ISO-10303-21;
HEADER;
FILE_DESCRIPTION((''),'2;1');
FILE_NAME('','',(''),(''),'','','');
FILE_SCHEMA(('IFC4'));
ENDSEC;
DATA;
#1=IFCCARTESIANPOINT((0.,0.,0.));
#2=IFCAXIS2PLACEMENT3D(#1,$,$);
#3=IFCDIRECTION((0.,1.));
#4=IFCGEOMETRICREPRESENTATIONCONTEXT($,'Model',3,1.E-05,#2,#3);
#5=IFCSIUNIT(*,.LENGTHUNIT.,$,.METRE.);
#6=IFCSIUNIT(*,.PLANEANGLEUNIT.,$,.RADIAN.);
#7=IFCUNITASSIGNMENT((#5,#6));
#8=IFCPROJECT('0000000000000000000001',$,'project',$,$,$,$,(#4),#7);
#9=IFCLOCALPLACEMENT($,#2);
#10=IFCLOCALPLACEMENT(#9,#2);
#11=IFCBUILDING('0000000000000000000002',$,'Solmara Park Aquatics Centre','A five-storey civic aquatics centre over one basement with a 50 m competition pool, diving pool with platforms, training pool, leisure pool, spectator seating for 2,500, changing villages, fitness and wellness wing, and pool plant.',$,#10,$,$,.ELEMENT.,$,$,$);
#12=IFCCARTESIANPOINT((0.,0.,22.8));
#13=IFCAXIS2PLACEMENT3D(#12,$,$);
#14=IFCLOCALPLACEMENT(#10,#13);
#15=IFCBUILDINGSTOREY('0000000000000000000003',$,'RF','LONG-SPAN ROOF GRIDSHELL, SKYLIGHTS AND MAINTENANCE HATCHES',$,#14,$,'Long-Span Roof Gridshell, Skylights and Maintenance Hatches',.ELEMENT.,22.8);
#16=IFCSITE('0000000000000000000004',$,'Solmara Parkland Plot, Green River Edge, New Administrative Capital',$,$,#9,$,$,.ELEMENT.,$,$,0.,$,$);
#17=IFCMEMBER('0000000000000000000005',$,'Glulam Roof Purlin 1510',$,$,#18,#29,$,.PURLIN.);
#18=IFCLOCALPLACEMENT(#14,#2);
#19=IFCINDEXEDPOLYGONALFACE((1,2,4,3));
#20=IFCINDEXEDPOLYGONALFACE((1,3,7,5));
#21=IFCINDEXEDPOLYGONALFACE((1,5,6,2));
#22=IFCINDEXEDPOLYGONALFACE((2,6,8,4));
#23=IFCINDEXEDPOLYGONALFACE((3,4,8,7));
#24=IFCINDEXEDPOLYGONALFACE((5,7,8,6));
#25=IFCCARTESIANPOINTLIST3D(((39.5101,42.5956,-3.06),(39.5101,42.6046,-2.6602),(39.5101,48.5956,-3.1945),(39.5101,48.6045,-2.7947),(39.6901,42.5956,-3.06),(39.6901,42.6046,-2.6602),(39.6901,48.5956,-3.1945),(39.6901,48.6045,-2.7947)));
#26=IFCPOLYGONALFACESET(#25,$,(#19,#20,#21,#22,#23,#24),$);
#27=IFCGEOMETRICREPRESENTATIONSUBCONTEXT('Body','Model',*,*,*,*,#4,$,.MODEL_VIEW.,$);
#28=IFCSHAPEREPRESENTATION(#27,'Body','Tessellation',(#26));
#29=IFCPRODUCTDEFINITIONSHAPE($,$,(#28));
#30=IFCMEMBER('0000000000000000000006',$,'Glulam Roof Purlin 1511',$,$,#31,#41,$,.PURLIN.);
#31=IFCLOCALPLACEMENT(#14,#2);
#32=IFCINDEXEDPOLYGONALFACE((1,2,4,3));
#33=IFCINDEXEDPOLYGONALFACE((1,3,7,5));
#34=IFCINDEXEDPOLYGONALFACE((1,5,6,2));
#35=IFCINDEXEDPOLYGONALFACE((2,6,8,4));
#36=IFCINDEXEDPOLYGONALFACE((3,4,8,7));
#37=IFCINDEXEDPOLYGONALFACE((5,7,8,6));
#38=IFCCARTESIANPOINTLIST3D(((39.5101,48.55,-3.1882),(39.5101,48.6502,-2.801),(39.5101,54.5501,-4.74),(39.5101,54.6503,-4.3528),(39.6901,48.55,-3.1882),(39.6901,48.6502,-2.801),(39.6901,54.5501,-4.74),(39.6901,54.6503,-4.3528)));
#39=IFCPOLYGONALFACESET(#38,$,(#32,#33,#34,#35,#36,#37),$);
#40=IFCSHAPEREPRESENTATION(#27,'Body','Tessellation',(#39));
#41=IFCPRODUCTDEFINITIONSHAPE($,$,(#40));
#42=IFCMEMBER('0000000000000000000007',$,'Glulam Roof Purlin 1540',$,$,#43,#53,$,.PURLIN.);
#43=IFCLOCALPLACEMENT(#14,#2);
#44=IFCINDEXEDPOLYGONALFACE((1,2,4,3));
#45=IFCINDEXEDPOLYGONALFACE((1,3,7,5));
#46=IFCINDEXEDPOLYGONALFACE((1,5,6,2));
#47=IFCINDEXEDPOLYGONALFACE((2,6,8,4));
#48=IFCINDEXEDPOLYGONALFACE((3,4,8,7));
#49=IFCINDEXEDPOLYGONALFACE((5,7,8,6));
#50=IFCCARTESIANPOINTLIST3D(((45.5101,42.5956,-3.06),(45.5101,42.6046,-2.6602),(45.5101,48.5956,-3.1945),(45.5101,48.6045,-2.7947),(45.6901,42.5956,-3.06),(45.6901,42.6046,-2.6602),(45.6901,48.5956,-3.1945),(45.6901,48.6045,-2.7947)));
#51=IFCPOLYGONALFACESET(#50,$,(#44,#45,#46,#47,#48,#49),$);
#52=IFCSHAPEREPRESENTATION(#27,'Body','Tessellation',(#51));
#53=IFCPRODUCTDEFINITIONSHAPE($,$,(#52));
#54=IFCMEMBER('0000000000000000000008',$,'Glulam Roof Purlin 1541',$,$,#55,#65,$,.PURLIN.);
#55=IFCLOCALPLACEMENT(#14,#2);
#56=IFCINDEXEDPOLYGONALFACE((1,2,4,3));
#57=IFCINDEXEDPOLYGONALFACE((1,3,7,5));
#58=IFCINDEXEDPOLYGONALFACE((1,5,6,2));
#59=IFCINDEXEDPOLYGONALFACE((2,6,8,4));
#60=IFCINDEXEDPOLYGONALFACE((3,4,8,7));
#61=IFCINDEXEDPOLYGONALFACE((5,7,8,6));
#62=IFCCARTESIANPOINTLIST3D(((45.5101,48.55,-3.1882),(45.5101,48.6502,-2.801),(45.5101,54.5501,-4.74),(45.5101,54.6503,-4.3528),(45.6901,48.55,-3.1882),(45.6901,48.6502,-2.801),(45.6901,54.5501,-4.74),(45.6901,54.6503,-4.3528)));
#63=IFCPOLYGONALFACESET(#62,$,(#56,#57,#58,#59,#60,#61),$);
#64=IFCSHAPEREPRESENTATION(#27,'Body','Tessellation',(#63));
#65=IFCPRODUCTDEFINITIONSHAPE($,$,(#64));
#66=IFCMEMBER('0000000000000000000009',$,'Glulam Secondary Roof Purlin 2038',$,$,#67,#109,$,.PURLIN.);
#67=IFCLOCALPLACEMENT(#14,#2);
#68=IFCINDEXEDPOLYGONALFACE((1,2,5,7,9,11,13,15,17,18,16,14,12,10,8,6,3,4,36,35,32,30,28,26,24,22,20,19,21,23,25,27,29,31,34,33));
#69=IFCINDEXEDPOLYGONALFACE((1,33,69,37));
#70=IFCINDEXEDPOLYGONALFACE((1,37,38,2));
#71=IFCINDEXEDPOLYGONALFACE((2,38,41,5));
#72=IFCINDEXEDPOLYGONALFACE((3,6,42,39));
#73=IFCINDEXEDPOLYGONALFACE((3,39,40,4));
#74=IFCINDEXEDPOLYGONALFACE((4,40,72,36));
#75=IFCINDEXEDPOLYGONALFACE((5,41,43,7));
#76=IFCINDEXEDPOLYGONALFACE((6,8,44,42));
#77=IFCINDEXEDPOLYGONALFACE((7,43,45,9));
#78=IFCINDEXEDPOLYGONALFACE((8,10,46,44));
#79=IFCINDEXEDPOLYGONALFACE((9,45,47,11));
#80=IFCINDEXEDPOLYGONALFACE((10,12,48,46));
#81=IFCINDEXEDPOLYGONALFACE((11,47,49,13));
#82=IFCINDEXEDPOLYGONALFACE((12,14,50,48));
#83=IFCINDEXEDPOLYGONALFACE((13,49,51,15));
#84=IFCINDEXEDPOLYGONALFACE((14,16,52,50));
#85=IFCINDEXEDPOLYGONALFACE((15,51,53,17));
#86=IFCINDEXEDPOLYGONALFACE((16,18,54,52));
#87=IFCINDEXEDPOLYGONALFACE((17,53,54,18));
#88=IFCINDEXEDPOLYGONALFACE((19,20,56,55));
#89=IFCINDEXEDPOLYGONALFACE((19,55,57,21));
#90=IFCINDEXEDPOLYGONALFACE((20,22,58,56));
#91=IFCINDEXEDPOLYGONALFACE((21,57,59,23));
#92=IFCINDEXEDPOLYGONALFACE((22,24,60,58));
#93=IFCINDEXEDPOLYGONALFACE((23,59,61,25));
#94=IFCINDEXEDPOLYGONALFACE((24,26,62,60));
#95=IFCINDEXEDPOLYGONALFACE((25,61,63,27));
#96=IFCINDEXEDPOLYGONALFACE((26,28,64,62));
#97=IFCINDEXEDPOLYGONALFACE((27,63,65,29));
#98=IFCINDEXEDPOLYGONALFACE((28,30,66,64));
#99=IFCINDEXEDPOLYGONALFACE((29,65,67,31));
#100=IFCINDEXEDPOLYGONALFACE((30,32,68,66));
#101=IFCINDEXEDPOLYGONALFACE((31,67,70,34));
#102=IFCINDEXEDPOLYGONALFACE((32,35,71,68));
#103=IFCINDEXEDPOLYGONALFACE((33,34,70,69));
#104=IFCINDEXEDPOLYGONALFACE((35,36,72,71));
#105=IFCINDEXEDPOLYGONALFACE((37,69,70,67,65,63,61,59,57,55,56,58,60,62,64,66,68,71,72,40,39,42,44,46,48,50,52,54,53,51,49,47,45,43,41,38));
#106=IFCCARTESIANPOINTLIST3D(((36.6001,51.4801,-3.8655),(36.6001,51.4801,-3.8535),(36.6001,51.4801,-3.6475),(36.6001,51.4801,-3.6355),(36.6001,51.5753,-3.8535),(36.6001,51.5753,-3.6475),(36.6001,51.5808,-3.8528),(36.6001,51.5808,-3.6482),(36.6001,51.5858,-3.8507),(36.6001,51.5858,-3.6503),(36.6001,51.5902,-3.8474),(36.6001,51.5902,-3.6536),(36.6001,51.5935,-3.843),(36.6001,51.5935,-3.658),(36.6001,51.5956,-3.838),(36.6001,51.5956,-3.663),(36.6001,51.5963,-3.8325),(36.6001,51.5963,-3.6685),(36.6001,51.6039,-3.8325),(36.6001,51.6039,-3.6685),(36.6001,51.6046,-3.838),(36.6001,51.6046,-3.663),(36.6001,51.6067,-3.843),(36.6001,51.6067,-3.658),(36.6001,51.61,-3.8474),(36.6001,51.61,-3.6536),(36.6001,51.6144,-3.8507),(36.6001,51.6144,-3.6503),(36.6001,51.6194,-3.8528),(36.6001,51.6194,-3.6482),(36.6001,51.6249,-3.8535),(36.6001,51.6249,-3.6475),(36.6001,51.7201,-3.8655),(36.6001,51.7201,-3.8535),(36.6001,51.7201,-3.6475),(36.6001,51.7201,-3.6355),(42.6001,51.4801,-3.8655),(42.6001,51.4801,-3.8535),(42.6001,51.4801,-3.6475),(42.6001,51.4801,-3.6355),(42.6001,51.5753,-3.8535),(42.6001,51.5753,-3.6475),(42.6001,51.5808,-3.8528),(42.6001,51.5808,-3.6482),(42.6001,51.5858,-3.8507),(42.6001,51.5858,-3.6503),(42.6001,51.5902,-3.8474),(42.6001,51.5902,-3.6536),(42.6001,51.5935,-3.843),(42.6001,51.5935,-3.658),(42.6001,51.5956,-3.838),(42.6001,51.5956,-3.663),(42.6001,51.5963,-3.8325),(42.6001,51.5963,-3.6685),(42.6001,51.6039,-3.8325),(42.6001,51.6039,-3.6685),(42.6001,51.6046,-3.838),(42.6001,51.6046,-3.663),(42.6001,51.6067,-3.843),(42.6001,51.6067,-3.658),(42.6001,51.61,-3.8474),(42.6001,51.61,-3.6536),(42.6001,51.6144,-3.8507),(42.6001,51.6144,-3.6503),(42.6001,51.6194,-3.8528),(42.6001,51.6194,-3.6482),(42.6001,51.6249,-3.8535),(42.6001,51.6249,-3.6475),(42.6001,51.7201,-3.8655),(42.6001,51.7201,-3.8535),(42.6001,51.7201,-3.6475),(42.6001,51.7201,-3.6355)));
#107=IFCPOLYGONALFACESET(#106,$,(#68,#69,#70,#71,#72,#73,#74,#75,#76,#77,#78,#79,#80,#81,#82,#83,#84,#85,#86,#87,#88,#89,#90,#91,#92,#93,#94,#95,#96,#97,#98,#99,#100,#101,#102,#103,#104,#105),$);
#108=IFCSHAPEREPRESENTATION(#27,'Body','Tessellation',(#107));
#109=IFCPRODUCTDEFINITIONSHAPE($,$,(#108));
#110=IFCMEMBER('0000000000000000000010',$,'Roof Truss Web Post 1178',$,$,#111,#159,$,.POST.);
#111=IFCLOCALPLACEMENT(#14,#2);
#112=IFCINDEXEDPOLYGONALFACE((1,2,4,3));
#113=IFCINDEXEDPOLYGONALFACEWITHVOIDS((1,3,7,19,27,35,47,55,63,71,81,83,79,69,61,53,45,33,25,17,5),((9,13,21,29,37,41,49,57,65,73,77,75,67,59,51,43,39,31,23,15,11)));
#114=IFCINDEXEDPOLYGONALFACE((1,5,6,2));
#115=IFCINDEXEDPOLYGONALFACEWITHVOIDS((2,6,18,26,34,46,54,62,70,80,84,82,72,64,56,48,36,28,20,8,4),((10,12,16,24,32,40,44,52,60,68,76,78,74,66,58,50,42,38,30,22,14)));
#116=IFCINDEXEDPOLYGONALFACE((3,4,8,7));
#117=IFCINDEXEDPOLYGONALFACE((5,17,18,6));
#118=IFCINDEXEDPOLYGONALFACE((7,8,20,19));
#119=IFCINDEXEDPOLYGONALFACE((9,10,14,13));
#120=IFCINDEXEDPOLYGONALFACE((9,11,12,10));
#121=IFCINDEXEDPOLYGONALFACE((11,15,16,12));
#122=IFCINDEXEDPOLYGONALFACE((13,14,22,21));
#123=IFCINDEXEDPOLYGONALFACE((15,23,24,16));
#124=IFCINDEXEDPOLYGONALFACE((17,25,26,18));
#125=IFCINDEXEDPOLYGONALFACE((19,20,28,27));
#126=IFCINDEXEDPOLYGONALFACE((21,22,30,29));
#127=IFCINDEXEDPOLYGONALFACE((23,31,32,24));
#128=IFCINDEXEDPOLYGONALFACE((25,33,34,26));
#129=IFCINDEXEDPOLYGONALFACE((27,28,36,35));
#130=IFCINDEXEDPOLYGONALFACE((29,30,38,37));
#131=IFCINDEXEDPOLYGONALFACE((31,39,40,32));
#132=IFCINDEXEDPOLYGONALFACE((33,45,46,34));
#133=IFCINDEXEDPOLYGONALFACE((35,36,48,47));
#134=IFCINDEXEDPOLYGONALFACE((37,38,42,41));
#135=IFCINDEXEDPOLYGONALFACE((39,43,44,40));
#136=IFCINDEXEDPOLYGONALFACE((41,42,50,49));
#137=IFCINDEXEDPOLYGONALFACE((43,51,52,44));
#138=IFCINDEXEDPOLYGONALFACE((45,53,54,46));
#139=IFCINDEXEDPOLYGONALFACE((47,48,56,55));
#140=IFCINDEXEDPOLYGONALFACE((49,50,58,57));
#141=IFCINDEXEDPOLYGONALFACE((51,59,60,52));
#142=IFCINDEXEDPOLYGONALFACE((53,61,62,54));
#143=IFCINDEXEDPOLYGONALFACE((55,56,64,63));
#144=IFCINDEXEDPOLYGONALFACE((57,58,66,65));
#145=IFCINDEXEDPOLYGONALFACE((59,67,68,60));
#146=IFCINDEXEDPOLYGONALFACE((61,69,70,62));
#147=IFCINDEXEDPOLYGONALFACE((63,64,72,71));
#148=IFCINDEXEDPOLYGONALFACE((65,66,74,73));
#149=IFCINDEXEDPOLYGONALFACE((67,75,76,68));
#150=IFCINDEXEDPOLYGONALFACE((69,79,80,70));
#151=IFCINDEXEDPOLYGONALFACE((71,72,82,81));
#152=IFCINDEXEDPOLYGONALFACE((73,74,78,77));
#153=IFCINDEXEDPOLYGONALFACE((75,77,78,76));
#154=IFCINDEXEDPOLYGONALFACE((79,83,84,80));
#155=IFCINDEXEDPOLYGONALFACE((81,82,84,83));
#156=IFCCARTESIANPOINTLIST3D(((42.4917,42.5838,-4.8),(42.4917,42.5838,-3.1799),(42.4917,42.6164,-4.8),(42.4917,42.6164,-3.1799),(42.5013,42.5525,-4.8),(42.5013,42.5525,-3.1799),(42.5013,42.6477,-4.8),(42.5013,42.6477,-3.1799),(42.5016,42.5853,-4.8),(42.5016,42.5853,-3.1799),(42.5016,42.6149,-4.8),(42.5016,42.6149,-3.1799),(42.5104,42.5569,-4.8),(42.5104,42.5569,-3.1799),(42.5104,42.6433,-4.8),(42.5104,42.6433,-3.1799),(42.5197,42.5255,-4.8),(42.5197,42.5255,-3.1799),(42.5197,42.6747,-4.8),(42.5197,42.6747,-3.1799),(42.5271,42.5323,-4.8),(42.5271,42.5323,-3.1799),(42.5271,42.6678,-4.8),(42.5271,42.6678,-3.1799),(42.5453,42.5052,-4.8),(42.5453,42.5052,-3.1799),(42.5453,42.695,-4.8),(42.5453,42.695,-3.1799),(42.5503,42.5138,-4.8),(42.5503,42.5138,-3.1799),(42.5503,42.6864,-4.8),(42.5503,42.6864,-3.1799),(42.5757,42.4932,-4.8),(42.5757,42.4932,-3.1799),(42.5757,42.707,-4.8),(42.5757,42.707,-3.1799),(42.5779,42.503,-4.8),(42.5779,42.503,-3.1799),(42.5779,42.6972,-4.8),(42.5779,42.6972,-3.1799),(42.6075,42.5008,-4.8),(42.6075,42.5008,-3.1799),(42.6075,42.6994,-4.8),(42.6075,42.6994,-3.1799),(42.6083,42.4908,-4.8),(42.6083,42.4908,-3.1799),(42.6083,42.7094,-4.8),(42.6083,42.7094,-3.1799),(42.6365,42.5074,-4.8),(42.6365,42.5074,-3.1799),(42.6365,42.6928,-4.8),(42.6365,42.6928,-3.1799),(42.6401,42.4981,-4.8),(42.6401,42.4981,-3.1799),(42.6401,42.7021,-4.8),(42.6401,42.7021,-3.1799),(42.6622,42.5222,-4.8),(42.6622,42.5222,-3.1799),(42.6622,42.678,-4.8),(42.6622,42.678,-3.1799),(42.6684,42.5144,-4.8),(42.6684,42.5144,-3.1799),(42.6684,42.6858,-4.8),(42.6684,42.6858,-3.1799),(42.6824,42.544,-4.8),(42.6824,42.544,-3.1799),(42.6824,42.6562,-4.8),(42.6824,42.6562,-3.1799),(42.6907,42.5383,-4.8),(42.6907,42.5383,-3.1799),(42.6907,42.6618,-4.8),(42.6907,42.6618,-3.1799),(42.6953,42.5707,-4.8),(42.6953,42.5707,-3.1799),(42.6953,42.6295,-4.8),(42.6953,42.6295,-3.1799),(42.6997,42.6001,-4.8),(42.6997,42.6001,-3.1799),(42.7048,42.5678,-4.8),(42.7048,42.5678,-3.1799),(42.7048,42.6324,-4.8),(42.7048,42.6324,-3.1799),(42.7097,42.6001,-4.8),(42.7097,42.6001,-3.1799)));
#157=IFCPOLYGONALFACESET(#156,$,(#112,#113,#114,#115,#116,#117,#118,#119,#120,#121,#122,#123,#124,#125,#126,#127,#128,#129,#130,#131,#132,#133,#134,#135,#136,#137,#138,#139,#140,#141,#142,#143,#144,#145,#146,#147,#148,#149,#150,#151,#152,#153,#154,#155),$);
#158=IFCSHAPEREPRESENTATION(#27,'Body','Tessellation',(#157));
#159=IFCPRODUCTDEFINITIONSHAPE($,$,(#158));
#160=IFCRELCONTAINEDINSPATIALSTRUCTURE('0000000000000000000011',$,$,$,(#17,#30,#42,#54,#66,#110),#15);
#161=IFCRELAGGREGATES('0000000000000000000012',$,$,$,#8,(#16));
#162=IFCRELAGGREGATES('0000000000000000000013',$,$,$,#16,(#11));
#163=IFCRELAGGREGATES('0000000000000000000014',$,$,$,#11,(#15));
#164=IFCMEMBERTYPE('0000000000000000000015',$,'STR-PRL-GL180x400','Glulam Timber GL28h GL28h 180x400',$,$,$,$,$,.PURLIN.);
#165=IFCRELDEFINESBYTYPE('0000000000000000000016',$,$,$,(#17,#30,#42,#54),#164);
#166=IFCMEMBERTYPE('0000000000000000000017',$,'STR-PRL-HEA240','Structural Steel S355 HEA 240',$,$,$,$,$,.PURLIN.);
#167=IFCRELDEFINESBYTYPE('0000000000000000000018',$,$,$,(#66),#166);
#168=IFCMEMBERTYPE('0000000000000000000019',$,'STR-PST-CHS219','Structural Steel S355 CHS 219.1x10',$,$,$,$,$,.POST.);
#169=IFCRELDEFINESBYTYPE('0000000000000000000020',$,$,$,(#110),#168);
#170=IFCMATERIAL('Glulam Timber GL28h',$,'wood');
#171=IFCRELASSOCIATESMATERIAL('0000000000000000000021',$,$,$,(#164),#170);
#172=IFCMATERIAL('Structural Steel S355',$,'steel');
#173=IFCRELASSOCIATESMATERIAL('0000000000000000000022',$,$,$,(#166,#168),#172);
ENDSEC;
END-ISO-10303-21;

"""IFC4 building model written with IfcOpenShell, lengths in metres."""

from ifc_helpers import new_model, si_unit, direction, frame, origin, origin_2d, place, context, subcontext, project, spatial, rectangle, hollow_circle, i_section, extrude, material, material_profile, profile_set, type_object, element, save


model = new_model("IFC4")

# Units and contexts
model_context = context("Model", 3, precision=1e-05, world=origin(), true_north=direction((0.0, 1.0)))
body_context = subcontext(model_context, "Body", "Model", "MODEL_VIEW")
ifc_project = project(units=[si_unit("LENGTHUNIT", "METRE"), si_unit("PLANEANGLEUNIT", "RADIAN")], contexts=[model_context])

# Site, building, storey
site_placement = place(None, origin())
site = spatial("IfcSite", under=ifc_project, at=site_placement, Name="Solmara Parkland Plot, Green River Edge, New Administrative Capital", CompositionType="ELEMENT", RefElevation=0.0)
building_placement = place(site_placement, origin())
building = spatial("IfcBuilding", under=site, at=building_placement, Name="Solmara Park Aquatics Centre", Description="A five-storey civic aquatics centre over one basement with a 50 m competition pool, diving pool with platforms, training pool, leisure pool, spectator seating for 2,500, changing villages, fitness and wellness wing, and pool plant.", CompositionType="ELEMENT")
storey_placement = place(building_placement, frame((0.0, 0.0, 22.8)))
storey = spatial("IfcBuildingStorey", under=building, at=storey_placement, Name="RF", Description="LONG-SPAN ROOF GRIDSHELL, SKYLIGHTS AND MAINTENANCE HATCHES", LongName="Long-Span Roof Gridshell, Skylights and Maintenance Hatches", CompositionType="ELEMENT", Elevation=22.8)

# Members
ifc_material_1 = material(Name="Structural Steel S355", Category="steel")
ifc_material_2 = material(Name="Glulam Timber GL28h", Category="wood")
ifc_material_profile_1 = material_profile(ifc_material_2, rectangle(XDim=0.1799, YDim=0.3999, at=origin_2d()), Name="GL28h 180x400")
ifc_profile_set_1 = profile_set([ifc_material_profile_1], Name="Glulam Timber GL28h")
member_type_1 = type_object("IfcMemberType", Name="STR-PRL-GL180x400", Description="Glulam Timber GL28h GL28h 180x400", PredefinedType="PURLIN", material=ifc_profile_set_1)
member_1_placement = place(storey_placement, frame((39.6001, 42.6001, -2.8601), z_axis=(0.0, 0.999749, -0.022415), x_axis=(-1.0, 0.0, 0.0)))
element("IfcMember", 1, at=member_1_placement, inside=storey, type_object=member_type_1, Name="Glulam Roof Purlin 1510", PredefinedType="PURLIN", context=body_context, shape_type="SweptSolid", body=[
    extrude(rectangle(XDim=0.1799, YDim=0.3999, at=origin_2d()), origin(), (0.0, 0.0, 1.0), 6.0015),
])
member_2_placement = place(storey_placement, frame((39.6001, 48.6001, -2.9946), z_axis=(0.0, 0.968146, -0.250388), x_axis=(-1.0, 0.0, 0.0)))
element("IfcMember", 2, at=member_2_placement, inside=storey, type_object=member_type_1, Name="Glulam Roof Purlin 1511", PredefinedType="PURLIN", context=body_context, shape_type="SweptSolid", body=[
    extrude(rectangle(XDim=0.1799, YDim=0.3999, at=origin_2d()), origin(), (0.0, 0.0, 1.0), 6.1975),
])
member_3_placement = place(storey_placement, frame((45.6001, 42.6001, -2.8601), z_axis=(0.0, 0.999749, -0.022415), x_axis=(-1.0, 0.0, 0.0)))
element("IfcMember", 3, at=member_3_placement, inside=storey, type_object=member_type_1, Name="Glulam Roof Purlin 1540", PredefinedType="PURLIN", context=body_context, shape_type="SweptSolid", body=[
    extrude(rectangle(XDim=0.1799, YDim=0.3999, at=origin_2d()), origin(), (0.0, 0.0, 1.0), 6.0015),
])
member_4_placement = place(storey_placement, frame((45.6001, 48.6001, -2.9946), z_axis=(0.0, 0.968146, -0.250388), x_axis=(-1.0, 0.0, 0.0)))
element("IfcMember", 4, at=member_4_placement, inside=storey, type_object=member_type_1, Name="Glulam Roof Purlin 1541", PredefinedType="PURLIN", context=body_context, shape_type="SweptSolid", body=[
    extrude(rectangle(XDim=0.1799, YDim=0.3999, at=origin_2d()), origin(), (0.0, 0.0, 1.0), 6.1975),
])
ifc_material_profile_2 = material_profile(ifc_material_1, i_section(OverallWidth=0.24, OverallDepth=0.23, WebThickness=0.0076, FlangeThickness=0.012, FilletRadius=0.021, at=origin_2d()), Name="HEA 240")
ifc_profile_set_2 = profile_set([ifc_material_profile_2], Name="Structural Steel S355")
member_type_2 = type_object("IfcMemberType", Name="STR-PRL-HEA240", Description="Structural Steel S355 HEA 240", PredefinedType="PURLIN", material=ifc_profile_set_2)
member_5_placement = place(storey_placement, frame((36.6001, 51.6001, -3.7505), z_axis=(1.0, 0.0, 0.0), x_axis=(0.0, 1.0, 0.0)))
element("IfcMember", 5, at=member_5_placement, inside=storey, type_object=member_type_2, Name="Glulam Secondary Roof Purlin 2038", PredefinedType="PURLIN", context=body_context, shape_type="SweptSolid", body=[
    extrude(i_section(OverallWidth=0.24, OverallDepth=0.23, WebThickness=0.0076, FlangeThickness=0.012, FilletRadius=0.021, at=origin_2d()), origin(), (0.0, 0.0, 1.0), 6.0),
])
ifc_material_profile_3 = material_profile(ifc_material_1, hollow_circle(Radius=0.1096, WallThickness=0.01, at=origin_2d()), Name="CHS 219.1x10")
ifc_profile_set_3 = profile_set([ifc_material_profile_3], Name="Structural Steel S355")
member_type_3 = type_object("IfcMemberType", Name="STR-PST-CHS219", Description="Structural Steel S355 CHS 219.1x10", PredefinedType="POST", material=ifc_profile_set_3)
member_6_placement = place(storey_placement, frame((42.6001, 42.6001, -4.8), z_axis=(0.0, 0.0, 1.0), x_axis=(1.0, 0.0, 0.0)))
element("IfcMember", 6, at=member_6_placement, inside=storey, type_object=member_type_3, Name="Roof Truss Web Post 1178", PredefinedType="POST", context=body_context, shape_type="SweptSolid", body=[
    extrude(hollow_circle(Radius=0.1096, WallThickness=0.01, at=origin_2d()), origin(), (0.0, 0.0, 1.0), 1.6201),
])

save(model, "model.ifc")
